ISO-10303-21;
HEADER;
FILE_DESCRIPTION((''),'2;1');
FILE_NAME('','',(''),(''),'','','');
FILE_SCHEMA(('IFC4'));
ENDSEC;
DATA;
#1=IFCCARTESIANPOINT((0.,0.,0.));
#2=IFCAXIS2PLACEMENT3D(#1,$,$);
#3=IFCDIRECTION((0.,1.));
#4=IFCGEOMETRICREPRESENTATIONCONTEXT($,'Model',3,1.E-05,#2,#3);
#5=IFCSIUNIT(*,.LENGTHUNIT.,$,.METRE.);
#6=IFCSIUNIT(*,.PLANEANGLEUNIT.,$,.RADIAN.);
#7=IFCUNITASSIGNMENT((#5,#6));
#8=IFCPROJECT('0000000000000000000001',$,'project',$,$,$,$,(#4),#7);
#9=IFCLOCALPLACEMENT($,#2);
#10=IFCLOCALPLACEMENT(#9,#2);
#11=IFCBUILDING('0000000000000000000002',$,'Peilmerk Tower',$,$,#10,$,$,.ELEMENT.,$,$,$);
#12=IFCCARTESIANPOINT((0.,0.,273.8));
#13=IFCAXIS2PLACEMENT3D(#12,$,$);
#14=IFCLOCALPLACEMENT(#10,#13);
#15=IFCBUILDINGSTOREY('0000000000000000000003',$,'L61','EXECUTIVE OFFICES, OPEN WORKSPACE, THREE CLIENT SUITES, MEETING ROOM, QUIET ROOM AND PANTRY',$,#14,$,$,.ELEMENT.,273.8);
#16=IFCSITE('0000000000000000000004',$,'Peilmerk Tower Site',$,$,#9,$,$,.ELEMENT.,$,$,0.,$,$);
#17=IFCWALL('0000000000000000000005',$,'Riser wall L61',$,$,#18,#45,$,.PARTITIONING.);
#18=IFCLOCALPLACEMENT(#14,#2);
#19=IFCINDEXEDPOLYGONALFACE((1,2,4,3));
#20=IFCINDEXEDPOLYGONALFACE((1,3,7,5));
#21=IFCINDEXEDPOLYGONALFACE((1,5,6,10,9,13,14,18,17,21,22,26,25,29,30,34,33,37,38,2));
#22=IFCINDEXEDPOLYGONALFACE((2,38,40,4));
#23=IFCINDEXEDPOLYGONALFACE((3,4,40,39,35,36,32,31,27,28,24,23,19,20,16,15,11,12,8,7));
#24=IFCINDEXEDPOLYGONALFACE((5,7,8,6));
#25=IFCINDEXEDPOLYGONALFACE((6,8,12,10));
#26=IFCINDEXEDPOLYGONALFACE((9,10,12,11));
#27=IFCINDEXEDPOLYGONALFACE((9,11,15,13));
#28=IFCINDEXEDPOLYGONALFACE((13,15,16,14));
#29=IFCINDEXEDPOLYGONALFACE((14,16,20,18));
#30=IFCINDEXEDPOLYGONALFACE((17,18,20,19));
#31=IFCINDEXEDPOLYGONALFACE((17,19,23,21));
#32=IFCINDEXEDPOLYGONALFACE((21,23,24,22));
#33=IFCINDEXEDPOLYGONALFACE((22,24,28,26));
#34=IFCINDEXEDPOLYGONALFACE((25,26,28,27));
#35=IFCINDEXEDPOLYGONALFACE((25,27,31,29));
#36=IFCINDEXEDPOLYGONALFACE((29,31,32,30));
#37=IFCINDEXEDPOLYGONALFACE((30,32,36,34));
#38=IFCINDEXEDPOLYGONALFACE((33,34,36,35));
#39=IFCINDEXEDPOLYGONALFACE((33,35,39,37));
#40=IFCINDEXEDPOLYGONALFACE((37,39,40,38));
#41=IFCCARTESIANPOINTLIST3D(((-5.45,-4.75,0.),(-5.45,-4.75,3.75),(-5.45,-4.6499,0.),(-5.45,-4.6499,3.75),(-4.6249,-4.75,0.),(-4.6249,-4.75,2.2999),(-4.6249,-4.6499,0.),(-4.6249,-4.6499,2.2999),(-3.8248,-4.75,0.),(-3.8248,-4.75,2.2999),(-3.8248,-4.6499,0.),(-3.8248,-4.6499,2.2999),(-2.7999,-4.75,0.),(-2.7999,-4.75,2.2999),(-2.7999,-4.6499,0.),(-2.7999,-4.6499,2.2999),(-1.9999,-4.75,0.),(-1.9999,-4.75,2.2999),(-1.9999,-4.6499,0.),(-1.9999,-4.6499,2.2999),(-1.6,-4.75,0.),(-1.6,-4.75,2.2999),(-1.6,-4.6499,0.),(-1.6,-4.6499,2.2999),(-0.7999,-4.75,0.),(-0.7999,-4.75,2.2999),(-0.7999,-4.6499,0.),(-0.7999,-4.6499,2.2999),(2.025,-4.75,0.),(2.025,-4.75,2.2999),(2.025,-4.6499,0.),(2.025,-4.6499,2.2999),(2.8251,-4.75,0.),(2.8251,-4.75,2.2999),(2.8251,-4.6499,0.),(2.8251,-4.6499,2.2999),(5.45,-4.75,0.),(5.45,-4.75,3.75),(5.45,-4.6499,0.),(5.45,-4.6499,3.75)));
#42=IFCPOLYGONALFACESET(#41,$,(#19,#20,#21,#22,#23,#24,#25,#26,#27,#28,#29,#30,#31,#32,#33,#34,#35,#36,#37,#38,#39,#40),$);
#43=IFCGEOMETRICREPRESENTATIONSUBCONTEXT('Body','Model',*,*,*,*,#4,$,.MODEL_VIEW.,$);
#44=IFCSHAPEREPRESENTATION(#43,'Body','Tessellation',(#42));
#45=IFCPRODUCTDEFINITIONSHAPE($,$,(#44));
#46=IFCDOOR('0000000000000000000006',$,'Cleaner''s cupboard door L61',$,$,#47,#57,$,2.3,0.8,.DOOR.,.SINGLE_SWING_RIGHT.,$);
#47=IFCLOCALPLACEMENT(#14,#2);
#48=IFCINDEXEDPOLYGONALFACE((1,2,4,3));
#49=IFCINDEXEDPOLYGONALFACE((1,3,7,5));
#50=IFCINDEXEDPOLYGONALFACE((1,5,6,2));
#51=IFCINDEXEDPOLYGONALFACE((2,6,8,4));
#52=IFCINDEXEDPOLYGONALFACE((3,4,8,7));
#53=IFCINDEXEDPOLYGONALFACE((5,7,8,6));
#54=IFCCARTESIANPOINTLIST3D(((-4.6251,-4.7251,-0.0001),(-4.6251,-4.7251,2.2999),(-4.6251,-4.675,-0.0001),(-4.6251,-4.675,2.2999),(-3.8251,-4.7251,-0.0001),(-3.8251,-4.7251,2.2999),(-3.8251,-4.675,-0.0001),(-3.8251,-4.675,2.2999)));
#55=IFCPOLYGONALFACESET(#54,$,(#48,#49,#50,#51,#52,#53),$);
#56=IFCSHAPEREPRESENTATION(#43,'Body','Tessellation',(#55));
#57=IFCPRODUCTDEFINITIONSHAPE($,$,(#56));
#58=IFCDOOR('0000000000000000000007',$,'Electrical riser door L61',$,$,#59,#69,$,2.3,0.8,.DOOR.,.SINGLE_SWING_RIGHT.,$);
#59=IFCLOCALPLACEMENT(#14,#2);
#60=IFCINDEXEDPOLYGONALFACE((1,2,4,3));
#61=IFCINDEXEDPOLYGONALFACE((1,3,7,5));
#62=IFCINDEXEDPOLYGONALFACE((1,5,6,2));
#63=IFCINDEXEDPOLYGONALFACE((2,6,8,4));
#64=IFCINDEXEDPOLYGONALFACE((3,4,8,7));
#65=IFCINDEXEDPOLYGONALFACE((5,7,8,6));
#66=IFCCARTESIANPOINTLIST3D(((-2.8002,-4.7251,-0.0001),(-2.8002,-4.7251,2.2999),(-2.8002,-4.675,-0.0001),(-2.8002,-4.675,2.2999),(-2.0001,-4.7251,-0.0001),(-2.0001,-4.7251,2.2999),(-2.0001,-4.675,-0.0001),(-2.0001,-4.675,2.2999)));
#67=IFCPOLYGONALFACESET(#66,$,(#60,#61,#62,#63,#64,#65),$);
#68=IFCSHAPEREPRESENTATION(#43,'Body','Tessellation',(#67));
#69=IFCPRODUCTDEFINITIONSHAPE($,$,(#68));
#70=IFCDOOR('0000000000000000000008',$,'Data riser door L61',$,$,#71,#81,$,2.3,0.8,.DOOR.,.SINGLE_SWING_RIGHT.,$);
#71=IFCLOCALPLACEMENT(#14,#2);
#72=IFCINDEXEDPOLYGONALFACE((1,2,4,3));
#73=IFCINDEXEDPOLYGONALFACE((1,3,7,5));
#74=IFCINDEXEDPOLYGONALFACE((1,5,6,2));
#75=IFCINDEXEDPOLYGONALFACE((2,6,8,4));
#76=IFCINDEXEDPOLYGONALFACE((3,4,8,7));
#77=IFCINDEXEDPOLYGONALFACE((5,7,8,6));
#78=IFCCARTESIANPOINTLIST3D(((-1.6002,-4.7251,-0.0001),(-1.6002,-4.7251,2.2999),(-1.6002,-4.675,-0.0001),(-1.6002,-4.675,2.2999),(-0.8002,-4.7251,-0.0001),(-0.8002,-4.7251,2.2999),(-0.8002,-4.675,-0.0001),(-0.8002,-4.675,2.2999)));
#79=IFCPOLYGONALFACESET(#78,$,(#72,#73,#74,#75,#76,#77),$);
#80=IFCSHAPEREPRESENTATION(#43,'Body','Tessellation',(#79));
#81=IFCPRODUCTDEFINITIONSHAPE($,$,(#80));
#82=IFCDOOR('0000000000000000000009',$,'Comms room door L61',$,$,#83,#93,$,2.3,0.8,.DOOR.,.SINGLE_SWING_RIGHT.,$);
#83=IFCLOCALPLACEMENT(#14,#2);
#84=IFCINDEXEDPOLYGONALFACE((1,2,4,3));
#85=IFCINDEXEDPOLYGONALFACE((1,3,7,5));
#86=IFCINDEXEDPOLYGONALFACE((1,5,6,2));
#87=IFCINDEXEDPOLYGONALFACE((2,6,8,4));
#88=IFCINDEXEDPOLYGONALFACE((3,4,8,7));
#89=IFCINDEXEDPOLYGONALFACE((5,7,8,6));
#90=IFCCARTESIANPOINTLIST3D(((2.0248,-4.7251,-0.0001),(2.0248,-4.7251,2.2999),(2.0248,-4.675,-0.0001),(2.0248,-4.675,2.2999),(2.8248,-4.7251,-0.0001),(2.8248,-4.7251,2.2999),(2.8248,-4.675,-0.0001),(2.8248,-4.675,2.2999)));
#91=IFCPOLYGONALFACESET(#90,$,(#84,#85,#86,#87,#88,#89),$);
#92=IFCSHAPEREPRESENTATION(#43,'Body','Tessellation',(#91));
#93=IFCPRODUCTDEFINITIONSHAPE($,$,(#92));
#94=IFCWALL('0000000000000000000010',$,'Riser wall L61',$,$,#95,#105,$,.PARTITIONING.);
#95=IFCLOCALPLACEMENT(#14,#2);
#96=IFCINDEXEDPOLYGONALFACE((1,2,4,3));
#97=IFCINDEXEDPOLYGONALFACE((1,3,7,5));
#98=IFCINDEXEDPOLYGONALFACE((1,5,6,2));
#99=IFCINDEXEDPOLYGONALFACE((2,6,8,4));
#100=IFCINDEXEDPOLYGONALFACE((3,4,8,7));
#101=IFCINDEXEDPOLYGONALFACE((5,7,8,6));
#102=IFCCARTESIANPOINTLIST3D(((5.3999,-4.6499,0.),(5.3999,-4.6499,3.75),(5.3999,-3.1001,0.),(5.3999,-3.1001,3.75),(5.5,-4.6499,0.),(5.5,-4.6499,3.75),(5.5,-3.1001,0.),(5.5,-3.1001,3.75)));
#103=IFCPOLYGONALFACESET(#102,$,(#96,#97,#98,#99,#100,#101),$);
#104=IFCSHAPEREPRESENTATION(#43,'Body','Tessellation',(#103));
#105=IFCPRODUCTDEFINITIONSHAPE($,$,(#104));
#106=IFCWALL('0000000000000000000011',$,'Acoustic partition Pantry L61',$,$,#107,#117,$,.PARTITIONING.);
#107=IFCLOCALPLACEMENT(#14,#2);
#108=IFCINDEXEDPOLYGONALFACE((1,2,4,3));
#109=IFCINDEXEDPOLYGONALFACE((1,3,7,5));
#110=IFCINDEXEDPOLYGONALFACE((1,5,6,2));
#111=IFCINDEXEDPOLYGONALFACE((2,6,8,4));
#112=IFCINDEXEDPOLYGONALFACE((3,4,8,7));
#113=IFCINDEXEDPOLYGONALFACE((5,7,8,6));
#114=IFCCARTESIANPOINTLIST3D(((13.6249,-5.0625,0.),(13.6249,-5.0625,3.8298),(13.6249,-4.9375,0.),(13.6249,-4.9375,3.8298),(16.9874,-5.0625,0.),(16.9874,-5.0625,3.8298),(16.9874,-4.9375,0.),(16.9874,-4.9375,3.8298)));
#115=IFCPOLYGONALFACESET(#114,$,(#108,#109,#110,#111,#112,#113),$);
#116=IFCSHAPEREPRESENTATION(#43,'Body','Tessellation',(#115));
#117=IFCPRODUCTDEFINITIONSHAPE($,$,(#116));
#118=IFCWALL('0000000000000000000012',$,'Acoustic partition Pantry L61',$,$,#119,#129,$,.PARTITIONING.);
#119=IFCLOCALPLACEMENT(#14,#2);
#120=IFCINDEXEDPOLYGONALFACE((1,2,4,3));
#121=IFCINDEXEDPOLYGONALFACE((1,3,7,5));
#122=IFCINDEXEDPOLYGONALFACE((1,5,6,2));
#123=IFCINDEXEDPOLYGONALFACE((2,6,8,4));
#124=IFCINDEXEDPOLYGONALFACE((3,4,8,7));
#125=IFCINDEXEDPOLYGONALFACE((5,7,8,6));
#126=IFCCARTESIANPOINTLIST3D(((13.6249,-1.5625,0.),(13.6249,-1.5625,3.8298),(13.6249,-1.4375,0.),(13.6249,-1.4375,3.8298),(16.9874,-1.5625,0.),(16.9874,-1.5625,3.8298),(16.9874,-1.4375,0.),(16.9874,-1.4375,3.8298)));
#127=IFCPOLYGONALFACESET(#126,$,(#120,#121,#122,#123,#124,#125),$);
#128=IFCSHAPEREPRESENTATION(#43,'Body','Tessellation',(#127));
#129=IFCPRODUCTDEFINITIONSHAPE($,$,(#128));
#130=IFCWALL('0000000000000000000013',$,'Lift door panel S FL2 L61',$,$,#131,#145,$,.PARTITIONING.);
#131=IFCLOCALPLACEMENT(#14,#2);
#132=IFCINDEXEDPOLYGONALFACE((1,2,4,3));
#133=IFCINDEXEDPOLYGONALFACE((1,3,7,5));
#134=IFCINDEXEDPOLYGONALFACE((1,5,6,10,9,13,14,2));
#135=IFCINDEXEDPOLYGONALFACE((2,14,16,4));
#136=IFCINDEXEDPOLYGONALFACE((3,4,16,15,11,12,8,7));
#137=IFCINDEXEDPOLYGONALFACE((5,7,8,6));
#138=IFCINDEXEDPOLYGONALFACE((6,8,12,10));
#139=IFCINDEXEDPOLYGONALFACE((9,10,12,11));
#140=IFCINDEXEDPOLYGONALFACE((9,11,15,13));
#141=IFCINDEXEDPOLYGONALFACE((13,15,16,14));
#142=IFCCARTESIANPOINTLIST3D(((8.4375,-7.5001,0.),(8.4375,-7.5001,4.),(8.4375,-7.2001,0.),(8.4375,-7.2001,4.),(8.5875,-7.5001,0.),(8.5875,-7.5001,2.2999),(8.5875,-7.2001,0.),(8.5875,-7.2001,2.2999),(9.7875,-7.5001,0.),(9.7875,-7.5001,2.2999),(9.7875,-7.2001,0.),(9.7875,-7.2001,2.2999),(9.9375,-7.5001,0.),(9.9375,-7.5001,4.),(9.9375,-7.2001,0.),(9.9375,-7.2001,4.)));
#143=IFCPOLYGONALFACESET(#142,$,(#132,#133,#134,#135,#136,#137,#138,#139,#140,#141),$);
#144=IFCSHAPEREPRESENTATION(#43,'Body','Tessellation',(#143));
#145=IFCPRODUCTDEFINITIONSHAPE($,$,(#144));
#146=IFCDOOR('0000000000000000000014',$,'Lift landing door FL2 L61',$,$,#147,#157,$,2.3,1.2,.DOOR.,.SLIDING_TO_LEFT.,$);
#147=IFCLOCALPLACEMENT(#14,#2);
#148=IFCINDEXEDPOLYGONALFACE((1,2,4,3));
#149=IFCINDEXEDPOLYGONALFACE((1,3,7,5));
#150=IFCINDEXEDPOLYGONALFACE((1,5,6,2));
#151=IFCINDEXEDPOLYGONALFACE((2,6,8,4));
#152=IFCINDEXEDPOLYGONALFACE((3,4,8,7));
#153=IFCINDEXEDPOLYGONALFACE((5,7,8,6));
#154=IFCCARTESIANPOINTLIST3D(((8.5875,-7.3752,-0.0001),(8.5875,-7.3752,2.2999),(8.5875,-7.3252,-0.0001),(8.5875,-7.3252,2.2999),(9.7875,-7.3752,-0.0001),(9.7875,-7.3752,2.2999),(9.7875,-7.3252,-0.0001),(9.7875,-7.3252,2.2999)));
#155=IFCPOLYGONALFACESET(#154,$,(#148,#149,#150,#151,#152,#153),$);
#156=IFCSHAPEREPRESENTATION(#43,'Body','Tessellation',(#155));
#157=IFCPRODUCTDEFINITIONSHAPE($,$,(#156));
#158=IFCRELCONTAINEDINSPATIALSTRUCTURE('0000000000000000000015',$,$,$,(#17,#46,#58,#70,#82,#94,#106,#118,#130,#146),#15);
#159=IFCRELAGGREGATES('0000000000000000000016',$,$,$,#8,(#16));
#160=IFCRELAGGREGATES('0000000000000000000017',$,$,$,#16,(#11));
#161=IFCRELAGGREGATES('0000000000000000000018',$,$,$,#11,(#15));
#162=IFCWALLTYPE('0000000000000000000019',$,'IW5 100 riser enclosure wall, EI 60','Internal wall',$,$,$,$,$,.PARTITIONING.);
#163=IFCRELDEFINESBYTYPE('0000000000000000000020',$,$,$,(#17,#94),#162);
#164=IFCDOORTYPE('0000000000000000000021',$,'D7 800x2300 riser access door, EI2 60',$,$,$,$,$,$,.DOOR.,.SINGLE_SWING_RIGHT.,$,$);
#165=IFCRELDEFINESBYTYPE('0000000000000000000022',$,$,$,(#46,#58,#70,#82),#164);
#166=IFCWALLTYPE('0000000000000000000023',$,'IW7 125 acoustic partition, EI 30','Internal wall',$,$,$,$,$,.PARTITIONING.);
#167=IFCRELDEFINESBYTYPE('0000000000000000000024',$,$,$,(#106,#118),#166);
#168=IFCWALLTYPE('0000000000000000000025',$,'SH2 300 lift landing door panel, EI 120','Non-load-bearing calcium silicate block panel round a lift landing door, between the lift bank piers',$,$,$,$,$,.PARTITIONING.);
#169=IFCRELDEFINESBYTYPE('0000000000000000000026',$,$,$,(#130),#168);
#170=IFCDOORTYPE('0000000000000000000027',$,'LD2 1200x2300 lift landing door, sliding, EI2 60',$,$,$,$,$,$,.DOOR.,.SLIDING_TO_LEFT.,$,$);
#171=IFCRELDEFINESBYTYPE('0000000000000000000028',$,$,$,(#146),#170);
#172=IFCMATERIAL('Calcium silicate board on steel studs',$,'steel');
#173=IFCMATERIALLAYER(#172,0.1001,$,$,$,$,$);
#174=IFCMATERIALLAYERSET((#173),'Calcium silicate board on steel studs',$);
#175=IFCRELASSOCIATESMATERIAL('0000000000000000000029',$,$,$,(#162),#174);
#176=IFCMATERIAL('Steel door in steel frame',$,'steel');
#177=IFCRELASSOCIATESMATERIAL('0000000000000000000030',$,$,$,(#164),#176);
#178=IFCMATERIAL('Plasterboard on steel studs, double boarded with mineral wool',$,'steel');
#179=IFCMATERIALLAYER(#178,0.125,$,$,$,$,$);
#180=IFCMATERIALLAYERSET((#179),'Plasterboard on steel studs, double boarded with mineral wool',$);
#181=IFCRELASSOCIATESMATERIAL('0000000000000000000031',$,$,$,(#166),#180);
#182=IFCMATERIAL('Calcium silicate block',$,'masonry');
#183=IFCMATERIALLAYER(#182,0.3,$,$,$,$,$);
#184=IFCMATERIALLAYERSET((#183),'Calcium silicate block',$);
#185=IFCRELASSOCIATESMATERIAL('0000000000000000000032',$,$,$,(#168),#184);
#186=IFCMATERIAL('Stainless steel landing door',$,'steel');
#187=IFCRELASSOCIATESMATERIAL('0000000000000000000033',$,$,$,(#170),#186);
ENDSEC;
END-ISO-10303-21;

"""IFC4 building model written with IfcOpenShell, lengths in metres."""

from ifc_helpers import new_model, si_unit, direction, frame, frame_2d, origin, place, context, subcontext, project, spatial, rectangle, extrude, material, layer, layer_set, type_object, element, fill, save


model = new_model("IFC4")

# Units and contexts
model_context = context("Model", 3, precision=1e-05, world=origin(), true_north=direction((0.0, 1.0)))
body_context = subcontext(model_context, "Body", "Model", "MODEL_VIEW")
ifc_project = project(units=[si_unit("LENGTHUNIT", "METRE"), si_unit("PLANEANGLEUNIT", "RADIAN")], contexts=[model_context])

# Site, building, storey
site_placement = place(None, origin())
site = spatial("IfcSite", under=ifc_project, at=site_placement, Name="Peilmerk Tower Site", CompositionType="ELEMENT", RefElevation=0.0)
building_placement = place(site_placement, origin())
building = spatial("IfcBuilding", under=site, at=building_placement, Name="Peilmerk Tower", CompositionType="ELEMENT")
storey_placement = place(building_placement, frame((0.0, 0.0, 273.8)))
storey = spatial("IfcBuildingStorey", under=building, at=storey_placement, Name="L61", Description="EXECUTIVE OFFICES, OPEN WORKSPACE, THREE CLIENT SUITES, MEETING ROOM, QUIET ROOM AND PANTRY", CompositionType="ELEMENT", Elevation=273.8)

# Shared definitions
ifc_material_1 = material(Name="Steel door in steel frame", Category="steel")

# Shared definitions
ifc_material_2 = material(Name="Calcium silicate board on steel studs", Category="steel")
ifc_layer_1 = layer(ifc_material_2, 0.1001)
ifc_layer_set_1 = layer_set([ifc_layer_1], Name="Calcium silicate board on steel studs")
wall_type_1 = type_object("IfcWallType", Name="IW5 100 riser enclosure wall, EI 60", Description="Internal wall", PredefinedType="PARTITIONING", material=ifc_layer_set_1)

# Wall, openings, doors
wall_1_placement = place(storey_placement, frame((5.45, -4.7, 0.0), z_axis=(0.0, 0.0, 1.0), x_axis=(-1.0, 0.0, 0.0)))
wall_1 = element("IfcWall", 1, at=wall_1_placement, inside=storey, type_object=wall_type_1, Name="Riser wall L61", PredefinedType="PARTITIONING", context=body_context, shape_type="SweptSolid", body=[
    extrude(rectangle(XDim=10.8999, YDim=0.1001, at=frame_2d((5.45, 0.0))), origin(), (0.0, 0.0, 1.0), 3.75),
])
opening_1_placement = place(wall_1_placement, frame((9.2749, 0.0, 0.0)))
opening_1 = element("IfcOpeningElement", 2, at=opening_1_placement, cuts=wall_1, PredefinedType="OPENING", context=body_context, shape_type="SweptSolid", body=[
    extrude(rectangle(XDim=0.8, YDim=2.3, at=frame_2d((0.3999, 1.1499))), frame((0.0, 0.0601, 0.0), z_axis=(0.0, -1.0, 0.0), x_axis=(1.0, 0.0, 0.0)), (0.0, 0.0, 1.0), 0.1201),
])
opening_2_placement = place(wall_1_placement, frame((7.45, 0.0, 0.0)))
opening_2 = element("IfcOpeningElement", 3, at=opening_2_placement, cuts=wall_1, PredefinedType="OPENING", context=body_context, shape_type="SweptSolid", body=[
    extrude(rectangle(XDim=0.8, YDim=2.3, at=frame_2d((0.3999, 1.1499))), frame((0.0, 0.0601, 0.0), z_axis=(0.0, -1.0, 0.0), x_axis=(1.0, 0.0, 0.0)), (0.0, 0.0, 1.0), 0.1201),
])
opening_3_placement = place(wall_1_placement, frame((6.25, 0.0, 0.0)))
opening_3 = element("IfcOpeningElement", 4, at=opening_3_placement, cuts=wall_1, PredefinedType="OPENING", context=body_context, shape_type="SweptSolid", body=[
    extrude(rectangle(XDim=0.8, YDim=2.3, at=frame_2d((0.3999, 1.1499))), frame((0.0, 0.0601, 0.0), z_axis=(0.0, -1.0, 0.0), x_axis=(1.0, 0.0, 0.0)), (0.0, 0.0, 1.0), 0.1201),
])
opening_4_placement = place(wall_1_placement, frame((2.625, 0.0, 0.0)))
opening_4 = element("IfcOpeningElement", 5, at=opening_4_placement, cuts=wall_1, PredefinedType="OPENING", context=body_context, shape_type="SweptSolid", body=[
    extrude(rectangle(XDim=0.8, YDim=2.3, at=frame_2d((0.3999, 1.1499))), frame((0.0, 0.0601, 0.0), z_axis=(0.0, -1.0, 0.0), x_axis=(1.0, 0.0, 0.0)), (0.0, 0.0, 1.0), 0.1201),
])
door_type_1 = type_object("IfcDoorType", Name="D7 800x2300 riser access door, EI2 60", OperationType="SINGLE_SWING_RIGHT", PredefinedType="DOOR", material=ifc_material_1)
door_1_placement = place(opening_1_placement, frame((0.8, 0.0, 0.0), z_axis=(0.0, 0.0, 1.0), x_axis=(-1.0, 0.0, 0.0)))
door_1 = element("IfcDoor", 6, at=door_1_placement, inside=storey, type_object=door_type_1, Name="Cleaner's cupboard door L61", OperationType="SINGLE_SWING_RIGHT", OverallHeight=2.3, OverallWidth=0.8, PredefinedType="DOOR", context=body_context, shape_type="SweptSolid", body=[
    extrude(rectangle(XDim=0.8, YDim=2.3, at=frame_2d((0.3999, 1.1499))), frame((0.0, 0.0249, 0.0), z_axis=(0.0, -1.0, 0.0), x_axis=(1.0, 0.0, 0.0)), (0.0, 0.0, 1.0), 0.05),
])
fill(opening_1, door_1)
door_2_placement = place(opening_2_placement, frame((0.8, 0.0, 0.0), z_axis=(0.0, 0.0, 1.0), x_axis=(-1.0, 0.0, 0.0)))
door_2 = element("IfcDoor", 7, at=door_2_placement, inside=storey, type_object=door_type_1, Name="Electrical riser door L61", OperationType="SINGLE_SWING_RIGHT", OverallHeight=2.3, OverallWidth=0.8, PredefinedType="DOOR", context=body_context, shape_type="SweptSolid", body=[
    extrude(rectangle(XDim=0.8, YDim=2.3, at=frame_2d((0.3999, 1.1499))), frame((0.0, 0.0249, 0.0), z_axis=(0.0, -1.0, 0.0), x_axis=(1.0, 0.0, 0.0)), (0.0, 0.0, 1.0), 0.05),
])
fill(opening_2, door_2)
door_3_placement = place(opening_3_placement, frame((0.8, 0.0, 0.0), z_axis=(0.0, 0.0, 1.0), x_axis=(-1.0, 0.0, 0.0)))
door_3 = element("IfcDoor", 8, at=door_3_placement, inside=storey, type_object=door_type_1, Name="Data riser door L61", OperationType="SINGLE_SWING_RIGHT", OverallHeight=2.3, OverallWidth=0.8, PredefinedType="DOOR", context=body_context, shape_type="SweptSolid", body=[
    extrude(rectangle(XDim=0.8, YDim=2.3, at=frame_2d((0.3999, 1.1499))), frame((0.0, 0.0249, 0.0), z_axis=(0.0, -1.0, 0.0), x_axis=(1.0, 0.0, 0.0)), (0.0, 0.0, 1.0), 0.05),
])
fill(opening_3, door_3)
door_4_placement = place(opening_4_placement, frame((0.8, 0.0, 0.0), z_axis=(0.0, 0.0, 1.0), x_axis=(-1.0, 0.0, 0.0)))
door_4 = element("IfcDoor", 9, at=door_4_placement, inside=storey, type_object=door_type_1, Name="Comms room door L61", OperationType="SINGLE_SWING_RIGHT", OverallHeight=2.3, OverallWidth=0.8, PredefinedType="DOOR", context=body_context, shape_type="SweptSolid", body=[
    extrude(rectangle(XDim=0.8, YDim=2.3, at=frame_2d((0.3999, 1.1499))), frame((0.0, 0.0249, 0.0), z_axis=(0.0, -1.0, 0.0), x_axis=(1.0, 0.0, 0.0)), (0.0, 0.0, 1.0), 0.05),
])
fill(opening_4, door_4)

# Walls
wall_2_placement = place(storey_placement, frame((5.45, -3.1001, 0.0), z_axis=(0.0, 0.0, 1.0), x_axis=(0.0, -1.0, 0.0)))
element("IfcWall", 10, at=wall_2_placement, inside=storey, type_object=wall_type_1, Name="Riser wall L61", PredefinedType="PARTITIONING", context=body_context, shape_type="SweptSolid", body=[
    extrude(rectangle(XDim=1.5498, YDim=0.1001, at=frame_2d((0.7749, 0.0))), origin(), (0.0, 0.0, 1.0), 3.75),
])
ifc_material_3 = material(Name="Plasterboard on steel studs, double boarded with mineral wool", Category="steel")
ifc_layer_2 = layer(ifc_material_3, 0.125)
ifc_layer_set_2 = layer_set([ifc_layer_2], Name="Plasterboard on steel studs, double boarded with mineral wool")
wall_type_2 = type_object("IfcWallType", Name="IW7 125 acoustic partition, EI 30", Description="Internal wall", PredefinedType="PARTITIONING", material=ifc_layer_set_2)
for number, where, z_axis, x_axis, name in (
    (11, (13.625, -5.0, 0.0), (0.0, 0.0, 1.0), (1.0, 0.0, 0.0), "Acoustic partition Pantry L61"),
    (12, (13.625, -1.5, 0.0), (0.0, 0.0, 1.0), (1.0, 0.0, 0.0), "Acoustic partition Pantry L61"),
):
    element("IfcWall", number, at=place(storey_placement, frame(where, z_axis=z_axis, x_axis=x_axis)), inside=storey, type_object=wall_type_2, Name=name, PredefinedType="PARTITIONING", context=body_context, shape_type="SweptSolid", body=[
        extrude(rectangle(XDim=3.3625, YDim=0.125, at=frame_2d((1.6812, 0.0))), origin(), (0.0, 0.0, 1.0), 3.8298),
    ])

# Wall, opening, door
ifc_material_4 = material(Name="Calcium silicate block", Category="masonry")
ifc_layer_3 = layer(ifc_material_4, 0.3)
ifc_layer_set_3 = layer_set([ifc_layer_3], Name="Calcium silicate block")
wall_type_3 = type_object("IfcWallType", Name="SH2 300 lift landing door panel, EI 120", Description="Non-load-bearing calcium silicate block panel round a lift landing door, between the lift bank piers", PredefinedType="PARTITIONING", material=ifc_layer_set_3)
wall_3_placement = place(storey_placement, frame((8.4375, -7.3501, 0.0), z_axis=(0.0, 0.0, 1.0), x_axis=(1.0, 0.0, 0.0)))
wall_3 = element("IfcWall", 13, at=wall_3_placement, inside=storey, type_object=wall_type_3, Name="Lift door panel S FL2 L61", PredefinedType="PARTITIONING", context=body_context, shape_type="SweptSolid", body=[
    extrude(rectangle(XDim=1.5, YDim=0.3, at=frame_2d((0.75, 0.0))), origin(), (0.0, 0.0, 1.0), 4.0),
])
opening_5_placement = place(wall_3_placement, frame((0.1499, 0.0, 0.0)))
opening_5 = element("IfcOpeningElement", 14, at=opening_5_placement, cuts=wall_3, PredefinedType="OPENING", context=body_context, shape_type="SweptSolid", body=[
    extrude(rectangle(XDim=1.2, YDim=2.3, at=frame_2d((0.6001, 1.1499))), frame((0.0, 0.1599, 0.0), z_axis=(0.0, -1.0, 0.0), x_axis=(1.0, 0.0, 0.0)), (0.0, 0.0, 1.0), 0.3201),
])
ifc_material_5 = material(Name="Stainless steel landing door", Category="steel")
door_type_2 = type_object("IfcDoorType", Name="LD2 1200x2300 lift landing door, sliding, EI2 60", OperationType="SLIDING_TO_LEFT", PredefinedType="DOOR", material=ifc_material_5)
door_5_placement = place(opening_5_placement, origin())
door_5 = element("IfcDoor", 15, at=door_5_placement, inside=storey, type_object=door_type_2, Name="Lift landing door FL2 L61", OperationType="SLIDING_TO_LEFT", OverallHeight=2.3, OverallWidth=1.2, PredefinedType="DOOR", context=body_context, shape_type="SweptSolid", body=[
    extrude(rectangle(XDim=1.2, YDim=2.3, at=frame_2d((0.6001, 1.1499))), frame((0.0, 0.0249, 0.0), z_axis=(0.0, -1.0, 0.0), x_axis=(1.0, 0.0, 0.0)), (0.0, 0.0, 1.0), 0.05),
])
fill(opening_5, door_5)

save(model, "model.ifc")
